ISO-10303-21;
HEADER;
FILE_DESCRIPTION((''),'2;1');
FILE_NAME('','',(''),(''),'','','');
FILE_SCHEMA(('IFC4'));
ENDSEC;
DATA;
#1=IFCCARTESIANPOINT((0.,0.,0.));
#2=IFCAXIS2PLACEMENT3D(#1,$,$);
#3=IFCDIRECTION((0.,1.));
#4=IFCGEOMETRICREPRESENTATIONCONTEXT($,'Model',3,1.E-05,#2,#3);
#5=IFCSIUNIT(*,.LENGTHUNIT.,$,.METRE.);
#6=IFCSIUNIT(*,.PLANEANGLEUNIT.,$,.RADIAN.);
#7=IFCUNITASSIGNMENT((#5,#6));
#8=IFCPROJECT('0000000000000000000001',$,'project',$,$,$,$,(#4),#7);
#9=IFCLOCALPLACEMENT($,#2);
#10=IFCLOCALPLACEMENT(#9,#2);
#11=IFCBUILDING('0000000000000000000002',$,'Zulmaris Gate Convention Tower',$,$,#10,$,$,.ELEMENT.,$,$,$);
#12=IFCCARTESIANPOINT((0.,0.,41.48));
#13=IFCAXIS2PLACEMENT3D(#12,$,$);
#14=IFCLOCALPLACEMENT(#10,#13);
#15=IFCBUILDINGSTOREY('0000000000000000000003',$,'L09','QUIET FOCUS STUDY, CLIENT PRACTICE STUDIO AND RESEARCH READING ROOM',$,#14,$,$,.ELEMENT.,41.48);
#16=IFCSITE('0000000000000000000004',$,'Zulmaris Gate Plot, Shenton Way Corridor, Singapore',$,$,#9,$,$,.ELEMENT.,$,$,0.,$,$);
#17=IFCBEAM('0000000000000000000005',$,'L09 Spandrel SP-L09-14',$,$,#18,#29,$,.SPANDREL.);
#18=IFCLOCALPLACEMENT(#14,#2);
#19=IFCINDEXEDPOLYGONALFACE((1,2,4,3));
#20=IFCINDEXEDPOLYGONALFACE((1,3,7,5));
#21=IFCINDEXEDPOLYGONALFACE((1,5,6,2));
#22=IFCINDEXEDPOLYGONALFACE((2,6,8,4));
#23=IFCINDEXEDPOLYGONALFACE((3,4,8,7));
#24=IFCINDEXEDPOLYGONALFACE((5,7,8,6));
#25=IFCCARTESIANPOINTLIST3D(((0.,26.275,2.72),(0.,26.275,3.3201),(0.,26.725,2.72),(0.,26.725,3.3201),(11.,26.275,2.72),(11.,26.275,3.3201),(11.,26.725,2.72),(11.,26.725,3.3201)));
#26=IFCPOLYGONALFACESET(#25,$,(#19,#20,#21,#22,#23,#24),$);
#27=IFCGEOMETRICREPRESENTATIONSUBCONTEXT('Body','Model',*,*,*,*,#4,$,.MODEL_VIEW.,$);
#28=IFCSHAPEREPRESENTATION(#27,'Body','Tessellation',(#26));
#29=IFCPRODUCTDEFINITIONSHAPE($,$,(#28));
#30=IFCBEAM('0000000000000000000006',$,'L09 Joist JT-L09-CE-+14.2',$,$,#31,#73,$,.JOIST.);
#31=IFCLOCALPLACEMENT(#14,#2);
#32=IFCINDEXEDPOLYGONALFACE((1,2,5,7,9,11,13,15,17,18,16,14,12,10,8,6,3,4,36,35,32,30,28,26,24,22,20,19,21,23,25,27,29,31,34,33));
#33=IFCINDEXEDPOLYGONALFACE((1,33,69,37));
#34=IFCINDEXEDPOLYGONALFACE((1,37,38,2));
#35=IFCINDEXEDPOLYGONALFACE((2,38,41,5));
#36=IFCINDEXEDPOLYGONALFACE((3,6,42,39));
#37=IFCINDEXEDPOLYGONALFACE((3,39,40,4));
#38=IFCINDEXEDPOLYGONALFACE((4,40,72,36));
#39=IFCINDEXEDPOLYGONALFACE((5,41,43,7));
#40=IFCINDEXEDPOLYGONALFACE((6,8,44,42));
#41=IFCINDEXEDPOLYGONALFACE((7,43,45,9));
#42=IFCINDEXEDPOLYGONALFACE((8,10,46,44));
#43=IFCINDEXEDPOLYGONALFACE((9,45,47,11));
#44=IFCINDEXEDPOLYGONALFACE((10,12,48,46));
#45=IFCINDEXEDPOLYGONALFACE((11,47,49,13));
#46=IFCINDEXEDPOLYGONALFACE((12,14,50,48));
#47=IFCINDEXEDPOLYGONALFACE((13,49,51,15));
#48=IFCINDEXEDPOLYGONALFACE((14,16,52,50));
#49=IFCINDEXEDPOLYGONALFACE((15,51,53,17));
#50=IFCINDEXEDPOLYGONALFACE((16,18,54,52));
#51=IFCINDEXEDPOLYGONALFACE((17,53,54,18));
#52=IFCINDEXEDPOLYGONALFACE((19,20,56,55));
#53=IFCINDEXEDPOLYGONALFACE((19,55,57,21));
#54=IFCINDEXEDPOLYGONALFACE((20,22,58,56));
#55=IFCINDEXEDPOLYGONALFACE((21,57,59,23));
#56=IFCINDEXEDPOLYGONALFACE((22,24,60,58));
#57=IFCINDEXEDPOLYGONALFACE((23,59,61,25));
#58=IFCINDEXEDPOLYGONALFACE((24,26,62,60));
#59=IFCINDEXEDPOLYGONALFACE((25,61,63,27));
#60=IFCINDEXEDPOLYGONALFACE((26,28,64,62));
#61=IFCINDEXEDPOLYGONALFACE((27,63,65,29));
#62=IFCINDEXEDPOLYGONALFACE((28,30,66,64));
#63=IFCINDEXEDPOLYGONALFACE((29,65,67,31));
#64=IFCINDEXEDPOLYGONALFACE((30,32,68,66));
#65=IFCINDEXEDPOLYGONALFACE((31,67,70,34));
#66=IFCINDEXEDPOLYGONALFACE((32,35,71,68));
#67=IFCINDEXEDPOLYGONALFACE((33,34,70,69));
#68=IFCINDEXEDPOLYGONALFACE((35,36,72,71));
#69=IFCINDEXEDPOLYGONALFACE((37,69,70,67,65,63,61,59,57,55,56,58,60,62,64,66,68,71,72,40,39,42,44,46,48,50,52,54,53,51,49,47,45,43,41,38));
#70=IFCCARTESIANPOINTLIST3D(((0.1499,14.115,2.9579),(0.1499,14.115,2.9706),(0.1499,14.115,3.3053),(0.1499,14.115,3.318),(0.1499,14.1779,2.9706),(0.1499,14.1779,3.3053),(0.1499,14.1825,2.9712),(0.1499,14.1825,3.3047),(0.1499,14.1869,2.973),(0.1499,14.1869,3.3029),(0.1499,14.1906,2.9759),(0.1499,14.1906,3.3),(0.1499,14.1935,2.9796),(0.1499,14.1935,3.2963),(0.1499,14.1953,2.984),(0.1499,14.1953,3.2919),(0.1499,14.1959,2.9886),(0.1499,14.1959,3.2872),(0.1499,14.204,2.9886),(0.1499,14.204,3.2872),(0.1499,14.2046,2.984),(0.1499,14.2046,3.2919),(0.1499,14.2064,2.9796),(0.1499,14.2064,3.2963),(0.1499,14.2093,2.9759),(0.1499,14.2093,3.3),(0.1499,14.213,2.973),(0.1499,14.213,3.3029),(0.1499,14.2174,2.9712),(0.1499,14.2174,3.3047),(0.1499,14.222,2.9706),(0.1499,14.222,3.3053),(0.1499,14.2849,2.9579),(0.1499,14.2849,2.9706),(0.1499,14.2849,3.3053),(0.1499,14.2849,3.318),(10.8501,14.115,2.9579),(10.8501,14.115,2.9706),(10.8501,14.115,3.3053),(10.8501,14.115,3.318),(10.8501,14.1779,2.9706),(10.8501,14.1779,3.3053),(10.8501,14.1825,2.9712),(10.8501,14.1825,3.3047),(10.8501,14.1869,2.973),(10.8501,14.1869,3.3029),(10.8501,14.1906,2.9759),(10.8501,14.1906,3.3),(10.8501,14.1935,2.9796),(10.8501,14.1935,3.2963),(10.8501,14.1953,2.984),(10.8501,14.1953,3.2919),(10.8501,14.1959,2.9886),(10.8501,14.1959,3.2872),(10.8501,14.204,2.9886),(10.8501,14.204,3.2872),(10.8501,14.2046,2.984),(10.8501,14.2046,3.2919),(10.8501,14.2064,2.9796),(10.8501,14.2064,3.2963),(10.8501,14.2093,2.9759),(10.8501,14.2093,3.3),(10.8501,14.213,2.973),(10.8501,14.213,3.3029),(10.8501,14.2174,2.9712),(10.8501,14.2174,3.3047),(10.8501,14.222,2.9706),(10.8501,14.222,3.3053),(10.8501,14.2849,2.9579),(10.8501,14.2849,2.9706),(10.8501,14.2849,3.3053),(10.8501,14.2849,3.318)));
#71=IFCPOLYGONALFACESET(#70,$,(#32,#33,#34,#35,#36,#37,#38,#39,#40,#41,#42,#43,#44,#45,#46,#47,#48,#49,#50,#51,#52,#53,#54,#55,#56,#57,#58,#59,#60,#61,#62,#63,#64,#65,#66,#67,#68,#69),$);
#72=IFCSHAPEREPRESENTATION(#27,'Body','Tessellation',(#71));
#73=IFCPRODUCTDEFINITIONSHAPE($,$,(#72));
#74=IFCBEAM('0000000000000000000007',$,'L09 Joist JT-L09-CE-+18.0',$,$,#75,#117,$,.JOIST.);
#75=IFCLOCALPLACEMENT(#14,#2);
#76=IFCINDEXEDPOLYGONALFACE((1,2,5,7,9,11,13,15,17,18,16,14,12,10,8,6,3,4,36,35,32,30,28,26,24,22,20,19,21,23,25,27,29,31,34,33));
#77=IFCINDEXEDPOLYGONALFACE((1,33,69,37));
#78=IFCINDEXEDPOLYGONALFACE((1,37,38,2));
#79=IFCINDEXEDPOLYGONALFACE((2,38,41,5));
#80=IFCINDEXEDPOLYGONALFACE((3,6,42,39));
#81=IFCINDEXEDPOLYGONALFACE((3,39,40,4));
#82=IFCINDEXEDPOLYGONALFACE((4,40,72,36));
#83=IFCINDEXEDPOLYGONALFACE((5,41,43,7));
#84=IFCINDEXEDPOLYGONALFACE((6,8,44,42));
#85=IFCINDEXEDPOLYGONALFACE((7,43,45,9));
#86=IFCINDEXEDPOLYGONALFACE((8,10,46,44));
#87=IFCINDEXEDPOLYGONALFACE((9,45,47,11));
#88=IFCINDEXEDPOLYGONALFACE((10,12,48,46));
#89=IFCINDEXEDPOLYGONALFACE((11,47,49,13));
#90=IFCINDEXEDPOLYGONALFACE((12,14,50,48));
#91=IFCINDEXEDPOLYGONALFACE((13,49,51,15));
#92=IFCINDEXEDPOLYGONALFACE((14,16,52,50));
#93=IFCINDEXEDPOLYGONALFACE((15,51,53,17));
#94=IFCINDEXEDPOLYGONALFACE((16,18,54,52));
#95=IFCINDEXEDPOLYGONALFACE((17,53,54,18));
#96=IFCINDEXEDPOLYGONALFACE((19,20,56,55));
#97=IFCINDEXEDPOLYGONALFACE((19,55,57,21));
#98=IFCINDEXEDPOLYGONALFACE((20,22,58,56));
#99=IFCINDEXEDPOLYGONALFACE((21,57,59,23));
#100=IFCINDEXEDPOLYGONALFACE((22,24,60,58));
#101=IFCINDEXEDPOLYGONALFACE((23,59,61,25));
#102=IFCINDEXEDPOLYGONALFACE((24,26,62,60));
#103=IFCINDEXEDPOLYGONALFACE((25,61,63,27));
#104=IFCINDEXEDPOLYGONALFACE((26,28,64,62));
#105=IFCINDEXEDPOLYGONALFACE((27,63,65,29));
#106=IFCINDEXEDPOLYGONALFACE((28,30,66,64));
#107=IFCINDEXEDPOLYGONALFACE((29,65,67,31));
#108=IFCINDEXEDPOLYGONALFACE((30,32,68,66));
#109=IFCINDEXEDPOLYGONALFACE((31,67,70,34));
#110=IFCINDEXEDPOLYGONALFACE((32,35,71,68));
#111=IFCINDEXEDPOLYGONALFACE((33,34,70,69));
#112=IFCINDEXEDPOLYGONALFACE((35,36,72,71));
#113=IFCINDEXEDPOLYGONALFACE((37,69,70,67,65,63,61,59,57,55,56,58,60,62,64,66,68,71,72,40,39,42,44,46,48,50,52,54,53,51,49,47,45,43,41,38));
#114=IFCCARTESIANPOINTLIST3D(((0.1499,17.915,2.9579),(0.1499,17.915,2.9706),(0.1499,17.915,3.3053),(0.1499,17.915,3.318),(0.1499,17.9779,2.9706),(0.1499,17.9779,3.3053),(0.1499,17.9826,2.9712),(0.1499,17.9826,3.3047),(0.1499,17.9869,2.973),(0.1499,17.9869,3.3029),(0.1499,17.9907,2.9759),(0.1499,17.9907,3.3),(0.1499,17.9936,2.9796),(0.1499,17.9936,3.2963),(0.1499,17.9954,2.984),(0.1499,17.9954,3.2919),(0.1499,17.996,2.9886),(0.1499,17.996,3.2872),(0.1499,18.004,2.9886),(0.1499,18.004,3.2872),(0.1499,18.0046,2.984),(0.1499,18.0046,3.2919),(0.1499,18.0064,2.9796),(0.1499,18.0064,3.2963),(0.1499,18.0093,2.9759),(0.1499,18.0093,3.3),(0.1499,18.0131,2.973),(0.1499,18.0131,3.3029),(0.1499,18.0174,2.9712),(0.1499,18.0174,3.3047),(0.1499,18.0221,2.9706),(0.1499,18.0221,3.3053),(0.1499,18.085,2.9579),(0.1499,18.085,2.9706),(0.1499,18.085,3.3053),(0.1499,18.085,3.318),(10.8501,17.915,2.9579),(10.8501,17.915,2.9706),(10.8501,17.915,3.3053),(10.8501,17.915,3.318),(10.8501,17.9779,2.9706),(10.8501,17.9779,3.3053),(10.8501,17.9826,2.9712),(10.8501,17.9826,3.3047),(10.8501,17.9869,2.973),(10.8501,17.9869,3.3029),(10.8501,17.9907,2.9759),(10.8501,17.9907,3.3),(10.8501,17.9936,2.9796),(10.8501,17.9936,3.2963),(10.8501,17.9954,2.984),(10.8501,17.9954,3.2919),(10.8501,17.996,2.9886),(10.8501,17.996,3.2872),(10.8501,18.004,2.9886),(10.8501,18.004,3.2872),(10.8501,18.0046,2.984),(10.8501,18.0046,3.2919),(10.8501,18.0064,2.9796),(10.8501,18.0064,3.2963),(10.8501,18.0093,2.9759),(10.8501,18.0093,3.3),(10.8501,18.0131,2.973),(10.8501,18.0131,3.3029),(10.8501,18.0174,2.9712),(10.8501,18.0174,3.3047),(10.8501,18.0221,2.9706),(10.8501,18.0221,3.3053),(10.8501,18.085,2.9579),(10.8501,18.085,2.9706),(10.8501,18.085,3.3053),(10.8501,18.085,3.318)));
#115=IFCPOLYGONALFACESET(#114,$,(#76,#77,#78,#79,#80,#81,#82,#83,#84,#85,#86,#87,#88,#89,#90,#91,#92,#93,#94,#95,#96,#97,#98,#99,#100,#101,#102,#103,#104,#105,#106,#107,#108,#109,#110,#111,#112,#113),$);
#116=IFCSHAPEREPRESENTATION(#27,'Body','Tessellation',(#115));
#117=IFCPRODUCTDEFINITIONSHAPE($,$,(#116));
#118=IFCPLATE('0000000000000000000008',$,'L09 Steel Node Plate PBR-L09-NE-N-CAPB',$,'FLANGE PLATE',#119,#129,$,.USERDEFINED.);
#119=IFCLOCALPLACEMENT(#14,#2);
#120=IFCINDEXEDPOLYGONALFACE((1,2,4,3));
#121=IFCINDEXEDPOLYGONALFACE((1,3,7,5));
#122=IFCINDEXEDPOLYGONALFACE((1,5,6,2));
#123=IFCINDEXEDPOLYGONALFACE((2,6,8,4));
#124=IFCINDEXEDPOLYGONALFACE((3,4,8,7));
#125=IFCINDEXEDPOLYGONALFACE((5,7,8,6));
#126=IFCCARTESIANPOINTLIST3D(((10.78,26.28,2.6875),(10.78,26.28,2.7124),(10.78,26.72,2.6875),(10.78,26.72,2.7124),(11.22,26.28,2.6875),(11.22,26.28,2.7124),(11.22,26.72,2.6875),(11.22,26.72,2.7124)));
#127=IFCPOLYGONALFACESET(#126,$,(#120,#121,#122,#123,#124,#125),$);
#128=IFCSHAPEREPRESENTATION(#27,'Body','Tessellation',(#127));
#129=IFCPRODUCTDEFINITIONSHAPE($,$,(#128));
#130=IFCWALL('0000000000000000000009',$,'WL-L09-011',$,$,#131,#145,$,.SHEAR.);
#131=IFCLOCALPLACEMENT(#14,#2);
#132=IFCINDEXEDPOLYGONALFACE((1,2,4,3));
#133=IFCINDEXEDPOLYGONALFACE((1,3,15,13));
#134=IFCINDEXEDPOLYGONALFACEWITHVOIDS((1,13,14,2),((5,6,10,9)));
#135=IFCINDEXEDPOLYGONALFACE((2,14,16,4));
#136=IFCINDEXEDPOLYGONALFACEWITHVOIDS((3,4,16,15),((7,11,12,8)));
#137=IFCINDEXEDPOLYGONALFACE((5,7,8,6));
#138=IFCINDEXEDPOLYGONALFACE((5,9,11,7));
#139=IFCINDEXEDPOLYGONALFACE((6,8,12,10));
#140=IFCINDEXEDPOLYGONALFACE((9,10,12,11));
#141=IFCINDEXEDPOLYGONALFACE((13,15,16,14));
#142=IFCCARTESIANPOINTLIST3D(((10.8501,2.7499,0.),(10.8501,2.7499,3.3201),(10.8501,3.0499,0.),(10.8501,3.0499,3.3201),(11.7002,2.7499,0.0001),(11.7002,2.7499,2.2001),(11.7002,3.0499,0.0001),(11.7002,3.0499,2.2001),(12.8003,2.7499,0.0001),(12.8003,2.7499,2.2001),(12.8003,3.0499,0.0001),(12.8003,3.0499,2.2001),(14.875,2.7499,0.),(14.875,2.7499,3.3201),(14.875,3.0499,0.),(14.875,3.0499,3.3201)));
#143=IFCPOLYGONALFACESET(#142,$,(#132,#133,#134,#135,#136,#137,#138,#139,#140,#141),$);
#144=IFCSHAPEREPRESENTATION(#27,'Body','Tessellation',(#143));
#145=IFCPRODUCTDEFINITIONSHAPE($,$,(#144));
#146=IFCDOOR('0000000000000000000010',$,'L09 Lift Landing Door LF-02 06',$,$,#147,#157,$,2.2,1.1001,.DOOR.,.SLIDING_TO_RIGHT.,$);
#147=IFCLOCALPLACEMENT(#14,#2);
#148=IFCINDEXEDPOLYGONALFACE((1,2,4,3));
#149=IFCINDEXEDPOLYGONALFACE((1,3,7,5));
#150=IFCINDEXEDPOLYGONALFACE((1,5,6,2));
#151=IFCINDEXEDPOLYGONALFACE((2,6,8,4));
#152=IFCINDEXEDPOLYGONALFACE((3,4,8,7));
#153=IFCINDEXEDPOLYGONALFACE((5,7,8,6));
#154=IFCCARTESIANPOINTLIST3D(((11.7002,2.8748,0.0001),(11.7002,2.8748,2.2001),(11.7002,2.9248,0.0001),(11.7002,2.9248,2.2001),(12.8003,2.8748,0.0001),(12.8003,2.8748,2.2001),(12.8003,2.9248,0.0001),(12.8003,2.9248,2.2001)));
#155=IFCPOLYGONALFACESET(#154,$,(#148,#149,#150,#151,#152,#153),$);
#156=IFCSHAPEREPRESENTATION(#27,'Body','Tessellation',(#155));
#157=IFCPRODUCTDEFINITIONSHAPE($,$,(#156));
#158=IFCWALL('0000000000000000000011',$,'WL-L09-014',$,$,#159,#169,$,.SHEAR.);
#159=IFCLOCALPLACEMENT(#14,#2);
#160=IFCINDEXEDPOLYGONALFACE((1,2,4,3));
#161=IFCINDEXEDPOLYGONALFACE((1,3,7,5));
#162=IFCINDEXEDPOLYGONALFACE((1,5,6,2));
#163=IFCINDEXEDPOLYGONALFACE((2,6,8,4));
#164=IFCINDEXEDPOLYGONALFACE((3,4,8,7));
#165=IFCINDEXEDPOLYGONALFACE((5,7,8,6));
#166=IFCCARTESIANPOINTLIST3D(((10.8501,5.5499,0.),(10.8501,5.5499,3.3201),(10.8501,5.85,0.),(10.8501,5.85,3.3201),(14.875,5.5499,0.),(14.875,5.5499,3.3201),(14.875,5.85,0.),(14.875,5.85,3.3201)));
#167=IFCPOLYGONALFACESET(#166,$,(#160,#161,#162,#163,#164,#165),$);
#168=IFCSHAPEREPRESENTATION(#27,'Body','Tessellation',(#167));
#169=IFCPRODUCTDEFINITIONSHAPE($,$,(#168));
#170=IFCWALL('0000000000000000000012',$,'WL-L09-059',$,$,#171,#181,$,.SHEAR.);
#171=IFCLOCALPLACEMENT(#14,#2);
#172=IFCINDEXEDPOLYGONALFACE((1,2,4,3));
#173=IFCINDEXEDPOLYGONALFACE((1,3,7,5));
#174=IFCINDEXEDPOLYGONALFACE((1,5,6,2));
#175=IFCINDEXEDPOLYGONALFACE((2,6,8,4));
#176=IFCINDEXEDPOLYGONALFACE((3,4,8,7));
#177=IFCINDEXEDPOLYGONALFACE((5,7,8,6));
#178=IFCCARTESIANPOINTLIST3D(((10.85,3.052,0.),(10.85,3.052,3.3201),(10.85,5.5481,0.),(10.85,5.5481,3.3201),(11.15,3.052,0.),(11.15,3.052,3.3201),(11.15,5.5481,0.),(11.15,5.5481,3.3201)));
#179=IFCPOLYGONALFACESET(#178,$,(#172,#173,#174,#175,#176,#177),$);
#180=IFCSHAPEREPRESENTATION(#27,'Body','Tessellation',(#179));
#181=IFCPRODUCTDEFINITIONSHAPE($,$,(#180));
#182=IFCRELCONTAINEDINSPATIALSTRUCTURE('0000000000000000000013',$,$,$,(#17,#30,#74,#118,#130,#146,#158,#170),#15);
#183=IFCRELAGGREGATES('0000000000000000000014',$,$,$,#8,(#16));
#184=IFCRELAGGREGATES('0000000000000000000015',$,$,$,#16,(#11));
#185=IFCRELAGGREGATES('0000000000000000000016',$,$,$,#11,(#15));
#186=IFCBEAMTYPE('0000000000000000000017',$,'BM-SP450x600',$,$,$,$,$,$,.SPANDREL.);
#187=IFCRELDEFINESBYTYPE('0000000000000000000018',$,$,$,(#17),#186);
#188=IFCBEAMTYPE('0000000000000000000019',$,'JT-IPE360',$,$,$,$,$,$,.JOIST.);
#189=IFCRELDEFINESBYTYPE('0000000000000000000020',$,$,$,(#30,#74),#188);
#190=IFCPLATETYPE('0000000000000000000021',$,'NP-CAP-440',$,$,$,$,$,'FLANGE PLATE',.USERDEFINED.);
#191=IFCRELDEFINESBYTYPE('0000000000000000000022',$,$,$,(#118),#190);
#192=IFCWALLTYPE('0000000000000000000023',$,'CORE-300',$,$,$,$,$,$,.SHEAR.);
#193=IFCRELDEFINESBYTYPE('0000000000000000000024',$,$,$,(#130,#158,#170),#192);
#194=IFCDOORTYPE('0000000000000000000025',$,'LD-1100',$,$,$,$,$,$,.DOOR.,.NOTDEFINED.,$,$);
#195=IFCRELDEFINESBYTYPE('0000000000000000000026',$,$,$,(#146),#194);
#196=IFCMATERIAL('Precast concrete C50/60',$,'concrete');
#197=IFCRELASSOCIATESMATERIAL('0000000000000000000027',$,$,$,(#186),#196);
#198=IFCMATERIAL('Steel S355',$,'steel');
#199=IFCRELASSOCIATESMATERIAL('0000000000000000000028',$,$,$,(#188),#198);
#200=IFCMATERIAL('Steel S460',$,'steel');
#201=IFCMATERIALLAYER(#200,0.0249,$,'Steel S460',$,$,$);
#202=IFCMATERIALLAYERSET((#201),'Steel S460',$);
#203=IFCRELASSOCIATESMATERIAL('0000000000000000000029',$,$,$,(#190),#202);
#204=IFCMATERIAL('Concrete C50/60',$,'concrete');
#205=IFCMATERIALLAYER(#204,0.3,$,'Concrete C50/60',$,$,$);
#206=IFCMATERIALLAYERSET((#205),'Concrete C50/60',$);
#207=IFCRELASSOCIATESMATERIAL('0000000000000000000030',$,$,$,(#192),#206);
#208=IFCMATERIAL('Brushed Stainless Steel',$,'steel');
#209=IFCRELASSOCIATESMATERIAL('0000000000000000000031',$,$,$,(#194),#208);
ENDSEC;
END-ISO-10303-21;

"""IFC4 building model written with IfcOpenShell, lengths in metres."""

from ifc_helpers import new_model, si_unit, direction, frame, frame_2d, origin, origin_2d, place, context, subcontext, project, spatial, rectangle, i_section, extrude, material, layer, layer_set, material_profile, profile_set, type_object, element, fill, save


model = new_model("IFC4")

# Units and contexts
model_context = context("Model", 3, precision=1e-05, world=origin(), true_north=direction((0.0, 1.0)))
body_context = subcontext(model_context, "Body", "Model", "MODEL_VIEW")
ifc_project = project(units=[si_unit("LENGTHUNIT", "METRE"), si_unit("PLANEANGLEUNIT", "RADIAN")], contexts=[model_context])

# Site, building, storey
site_placement = place(None, origin())
site = spatial("IfcSite", under=ifc_project, at=site_placement, Name="Zulmaris Gate Plot, Shenton Way Corridor, Singapore", CompositionType="ELEMENT", RefElevation=0.0)
building_placement = place(site_placement, origin())
building = spatial("IfcBuilding", under=site, at=building_placement, Name="Zulmaris Gate Convention Tower", CompositionType="ELEMENT")
storey_placement = place(building_placement, frame((0.0, 0.0, 41.48)))
storey = spatial("IfcBuildingStorey", under=building, at=storey_placement, Name="L09", Description="QUIET FOCUS STUDY, CLIENT PRACTICE STUDIO AND RESEARCH READING ROOM", CompositionType="ELEMENT", Elevation=41.48)

# Beams
ifc_material_1 = material(Name="Steel S355", Category="steel")
ifc_material_2 = material(Name="Precast concrete C50/60", Category="concrete")
ifc_material_profile_1 = material_profile(ifc_material_2, rectangle(XDim=0.45, YDim=0.6001, at=origin_2d()), Name="RC SPANDREL 450x600")
ifc_profile_set_1 = profile_set([ifc_material_profile_1], Name="Precast concrete C50/60")
beam_type_1 = type_object("IfcBeamType", Name="BM-SP450x600", PredefinedType="SPANDREL", material=ifc_profile_set_1)
beam_1_placement = place(storey_placement, frame((11.0, 26.5, 3.02), z_axis=(-1.0, 0.0, 0.0), x_axis=(0.0, -1.0, 0.0)))
element("IfcBeam", 1, at=beam_1_placement, inside=storey, type_object=beam_type_1, Name="L09 Spandrel SP-L09-14", PredefinedType="SPANDREL", context=body_context, shape_type="SweptSolid", body=[
    extrude(rectangle(XDim=0.45, YDim=0.6001, at=origin_2d()), origin(), (0.0, 0.0, 1.0), 11.0),
])
ifc_material_profile_2 = material_profile(ifc_material_1, i_section(OverallWidth=0.1699, OverallDepth=0.3601, WebThickness=0.0081, FlangeThickness=0.0127, FilletRadius=0.0181, at=origin_2d()), Name="IPE 360")
ifc_profile_set_2 = profile_set([ifc_material_profile_2], Name="Steel S355")
beam_type_2 = type_object("IfcBeamType", Name="JT-IPE360", PredefinedType="JOIST", material=ifc_profile_set_2)
for number, where, z_axis, x_axis, name in (
    (2, (0.1499, 14.2, 3.1379), (1.0, 0.0, 0.0), (0.0, 1.0, 0.0), "L09 Joist JT-L09-CE-+14.2"),
    (3, (0.1499, 18.0, 3.1379), (1.0, 0.0, 0.0), (0.0, 1.0, 0.0), "L09 Joist JT-L09-CE-+18.0"),
):
    element("IfcBeam", number, at=place(storey_placement, frame(where, z_axis=z_axis, x_axis=x_axis)), inside=storey, type_object=beam_type_2, Name=name, PredefinedType="JOIST", context=body_context, shape_type="SweptSolid", body=[
        extrude(i_section(OverallWidth=0.1699, OverallDepth=0.3601, WebThickness=0.0081, FlangeThickness=0.0127, FilletRadius=0.0181, at=origin_2d()), origin(), (0.0, 0.0, 1.0), 10.7002),
    ])

# Plate
ifc_material_3 = material(Name="Steel S460", Category="steel")
ifc_layer_1 = layer(ifc_material_3, 0.0249, Name="Steel S460")
ifc_layer_set_1 = layer_set([ifc_layer_1], Name="Steel S460")
plate_type = type_object("IfcPlateType", Name="NP-CAP-440", ElementType="FLANGE PLATE", PredefinedType="USERDEFINED", material=ifc_layer_set_1)
plate_placement = place(storey_placement, frame((11.0, 26.5, 2.6875), z_axis=(0.0, 0.0, 1.0), x_axis=(1.0, 0.0, 0.0)))
element("IfcPlate", 4, at=plate_placement, inside=storey, type_object=plate_type, Name="L09 Steel Node Plate PBR-L09-NE-N-CAPB", ObjectType="FLANGE PLATE", PredefinedType="USERDEFINED", context=body_context, shape_type="SweptSolid", body=[
    extrude(rectangle(XDim=0.4399, YDim=0.4399, at=origin_2d()), origin(), (0.0, 0.0, 1.0), 0.0249),
])

# Wall, opening, door
ifc_material_4 = material(Name="Concrete C50/60", Category="concrete")
ifc_layer_2 = layer(ifc_material_4, 0.3, Name="Concrete C50/60")
ifc_layer_set_2 = layer_set([ifc_layer_2], Name="Concrete C50/60")
wall_type_1 = type_object("IfcWallType", Name="CORE-300", PredefinedType="SHEAR", material=ifc_layer_set_2)
wall_1_placement = place(storey_placement, frame((10.8501, 2.8999, 0.0), z_axis=(0.0, 0.0, 1.0), x_axis=(1.0, 0.0, 0.0)))
wall_1 = element("IfcWall", 5, at=wall_1_placement, inside=storey, type_object=wall_type_1, Name="WL-L09-011", PredefinedType="SHEAR", context=body_context, shape_type="SweptSolid", body=[
    extrude(rectangle(XDim=4.0249, YDim=0.3, at=frame_2d((2.0125, 0.0))), origin(), (0.0, 0.0, 1.0), 3.3201),
])
opening_1_placement = place(wall_1_placement, frame((0.8501, 0.0, 0.0)))
opening_1 = element("IfcOpeningElement", 6, at=opening_1_placement, cuts=wall_1, PredefinedType="OPENING", context=body_context, shape_type="SweptSolid", body=[
    extrude(rectangle(XDim=1.1001, YDim=2.2, at=frame_2d((0.55, 1.1001))), frame((0.0, 0.1602, 0.0), z_axis=(0.0, -1.0, 0.0), x_axis=(1.0, 0.0, 0.0)), (0.0, 0.0, 1.0), 0.3201),
])
ifc_material_5 = material(Name="Brushed Stainless Steel", Category="steel")
door_type_1 = type_object("IfcDoorType", Name="LD-1100", OperationType="NOTDEFINED", PredefinedType="DOOR", material=ifc_material_5)
door_1_placement = place(opening_1_placement, origin())
door_1 = element("IfcDoor", 7, at=door_1_placement, inside=storey, type_object=door_type_1, Name="L09 Lift Landing Door LF-02 06", OperationType="SLIDING_TO_RIGHT", OverallHeight=2.2, OverallWidth=1.1001, PredefinedType="DOOR", context=body_context, shape_type="SweptSolid", body=[
    extrude(rectangle(XDim=1.1001, YDim=2.2, at=frame_2d((0.55, 1.1001))), frame((0.0, 0.0249, 0.0), z_axis=(0.0, -1.0, 0.0), x_axis=(1.0, 0.0, 0.0)), (0.0, 0.0, 1.0), 0.05),
])
fill(opening_1, door_1)

# Wall
wall_2_placement = place(storey_placement, frame((10.8501, 5.7, 0.0), z_axis=(0.0, 0.0, 1.0), x_axis=(1.0, 0.0, 0.0)))
element("IfcWall", 8, at=wall_2_placement, inside=storey, type_object=wall_type_1, Name="WL-L09-014", PredefinedType="SHEAR", context=body_context, shape_type="SweptSolid", body=[
    extrude(rectangle(XDim=4.0249, YDim=0.3, at=frame_2d((2.0125, 0.0))), origin(), (0.0, 0.0, 1.0), 3.3201),
])

# Wall
wall_3_placement = place(storey_placement, frame((11.0, 3.052, 0.0), z_axis=(0.0, 0.0, 1.0), x_axis=(0.0, 1.0, 0.0)))
element("IfcWall", 9, at=wall_3_placement, inside=storey, type_object=wall_type_1, Name="WL-L09-059", PredefinedType="SHEAR", context=body_context, shape_type="SweptSolid", body=[
    extrude(rectangle(XDim=2.4961, YDim=0.3, at=frame_2d((1.248, 0.0))), origin(), (0.0, 0.0, 1.0), 3.3201),
])

save(model, "model.ifc")
